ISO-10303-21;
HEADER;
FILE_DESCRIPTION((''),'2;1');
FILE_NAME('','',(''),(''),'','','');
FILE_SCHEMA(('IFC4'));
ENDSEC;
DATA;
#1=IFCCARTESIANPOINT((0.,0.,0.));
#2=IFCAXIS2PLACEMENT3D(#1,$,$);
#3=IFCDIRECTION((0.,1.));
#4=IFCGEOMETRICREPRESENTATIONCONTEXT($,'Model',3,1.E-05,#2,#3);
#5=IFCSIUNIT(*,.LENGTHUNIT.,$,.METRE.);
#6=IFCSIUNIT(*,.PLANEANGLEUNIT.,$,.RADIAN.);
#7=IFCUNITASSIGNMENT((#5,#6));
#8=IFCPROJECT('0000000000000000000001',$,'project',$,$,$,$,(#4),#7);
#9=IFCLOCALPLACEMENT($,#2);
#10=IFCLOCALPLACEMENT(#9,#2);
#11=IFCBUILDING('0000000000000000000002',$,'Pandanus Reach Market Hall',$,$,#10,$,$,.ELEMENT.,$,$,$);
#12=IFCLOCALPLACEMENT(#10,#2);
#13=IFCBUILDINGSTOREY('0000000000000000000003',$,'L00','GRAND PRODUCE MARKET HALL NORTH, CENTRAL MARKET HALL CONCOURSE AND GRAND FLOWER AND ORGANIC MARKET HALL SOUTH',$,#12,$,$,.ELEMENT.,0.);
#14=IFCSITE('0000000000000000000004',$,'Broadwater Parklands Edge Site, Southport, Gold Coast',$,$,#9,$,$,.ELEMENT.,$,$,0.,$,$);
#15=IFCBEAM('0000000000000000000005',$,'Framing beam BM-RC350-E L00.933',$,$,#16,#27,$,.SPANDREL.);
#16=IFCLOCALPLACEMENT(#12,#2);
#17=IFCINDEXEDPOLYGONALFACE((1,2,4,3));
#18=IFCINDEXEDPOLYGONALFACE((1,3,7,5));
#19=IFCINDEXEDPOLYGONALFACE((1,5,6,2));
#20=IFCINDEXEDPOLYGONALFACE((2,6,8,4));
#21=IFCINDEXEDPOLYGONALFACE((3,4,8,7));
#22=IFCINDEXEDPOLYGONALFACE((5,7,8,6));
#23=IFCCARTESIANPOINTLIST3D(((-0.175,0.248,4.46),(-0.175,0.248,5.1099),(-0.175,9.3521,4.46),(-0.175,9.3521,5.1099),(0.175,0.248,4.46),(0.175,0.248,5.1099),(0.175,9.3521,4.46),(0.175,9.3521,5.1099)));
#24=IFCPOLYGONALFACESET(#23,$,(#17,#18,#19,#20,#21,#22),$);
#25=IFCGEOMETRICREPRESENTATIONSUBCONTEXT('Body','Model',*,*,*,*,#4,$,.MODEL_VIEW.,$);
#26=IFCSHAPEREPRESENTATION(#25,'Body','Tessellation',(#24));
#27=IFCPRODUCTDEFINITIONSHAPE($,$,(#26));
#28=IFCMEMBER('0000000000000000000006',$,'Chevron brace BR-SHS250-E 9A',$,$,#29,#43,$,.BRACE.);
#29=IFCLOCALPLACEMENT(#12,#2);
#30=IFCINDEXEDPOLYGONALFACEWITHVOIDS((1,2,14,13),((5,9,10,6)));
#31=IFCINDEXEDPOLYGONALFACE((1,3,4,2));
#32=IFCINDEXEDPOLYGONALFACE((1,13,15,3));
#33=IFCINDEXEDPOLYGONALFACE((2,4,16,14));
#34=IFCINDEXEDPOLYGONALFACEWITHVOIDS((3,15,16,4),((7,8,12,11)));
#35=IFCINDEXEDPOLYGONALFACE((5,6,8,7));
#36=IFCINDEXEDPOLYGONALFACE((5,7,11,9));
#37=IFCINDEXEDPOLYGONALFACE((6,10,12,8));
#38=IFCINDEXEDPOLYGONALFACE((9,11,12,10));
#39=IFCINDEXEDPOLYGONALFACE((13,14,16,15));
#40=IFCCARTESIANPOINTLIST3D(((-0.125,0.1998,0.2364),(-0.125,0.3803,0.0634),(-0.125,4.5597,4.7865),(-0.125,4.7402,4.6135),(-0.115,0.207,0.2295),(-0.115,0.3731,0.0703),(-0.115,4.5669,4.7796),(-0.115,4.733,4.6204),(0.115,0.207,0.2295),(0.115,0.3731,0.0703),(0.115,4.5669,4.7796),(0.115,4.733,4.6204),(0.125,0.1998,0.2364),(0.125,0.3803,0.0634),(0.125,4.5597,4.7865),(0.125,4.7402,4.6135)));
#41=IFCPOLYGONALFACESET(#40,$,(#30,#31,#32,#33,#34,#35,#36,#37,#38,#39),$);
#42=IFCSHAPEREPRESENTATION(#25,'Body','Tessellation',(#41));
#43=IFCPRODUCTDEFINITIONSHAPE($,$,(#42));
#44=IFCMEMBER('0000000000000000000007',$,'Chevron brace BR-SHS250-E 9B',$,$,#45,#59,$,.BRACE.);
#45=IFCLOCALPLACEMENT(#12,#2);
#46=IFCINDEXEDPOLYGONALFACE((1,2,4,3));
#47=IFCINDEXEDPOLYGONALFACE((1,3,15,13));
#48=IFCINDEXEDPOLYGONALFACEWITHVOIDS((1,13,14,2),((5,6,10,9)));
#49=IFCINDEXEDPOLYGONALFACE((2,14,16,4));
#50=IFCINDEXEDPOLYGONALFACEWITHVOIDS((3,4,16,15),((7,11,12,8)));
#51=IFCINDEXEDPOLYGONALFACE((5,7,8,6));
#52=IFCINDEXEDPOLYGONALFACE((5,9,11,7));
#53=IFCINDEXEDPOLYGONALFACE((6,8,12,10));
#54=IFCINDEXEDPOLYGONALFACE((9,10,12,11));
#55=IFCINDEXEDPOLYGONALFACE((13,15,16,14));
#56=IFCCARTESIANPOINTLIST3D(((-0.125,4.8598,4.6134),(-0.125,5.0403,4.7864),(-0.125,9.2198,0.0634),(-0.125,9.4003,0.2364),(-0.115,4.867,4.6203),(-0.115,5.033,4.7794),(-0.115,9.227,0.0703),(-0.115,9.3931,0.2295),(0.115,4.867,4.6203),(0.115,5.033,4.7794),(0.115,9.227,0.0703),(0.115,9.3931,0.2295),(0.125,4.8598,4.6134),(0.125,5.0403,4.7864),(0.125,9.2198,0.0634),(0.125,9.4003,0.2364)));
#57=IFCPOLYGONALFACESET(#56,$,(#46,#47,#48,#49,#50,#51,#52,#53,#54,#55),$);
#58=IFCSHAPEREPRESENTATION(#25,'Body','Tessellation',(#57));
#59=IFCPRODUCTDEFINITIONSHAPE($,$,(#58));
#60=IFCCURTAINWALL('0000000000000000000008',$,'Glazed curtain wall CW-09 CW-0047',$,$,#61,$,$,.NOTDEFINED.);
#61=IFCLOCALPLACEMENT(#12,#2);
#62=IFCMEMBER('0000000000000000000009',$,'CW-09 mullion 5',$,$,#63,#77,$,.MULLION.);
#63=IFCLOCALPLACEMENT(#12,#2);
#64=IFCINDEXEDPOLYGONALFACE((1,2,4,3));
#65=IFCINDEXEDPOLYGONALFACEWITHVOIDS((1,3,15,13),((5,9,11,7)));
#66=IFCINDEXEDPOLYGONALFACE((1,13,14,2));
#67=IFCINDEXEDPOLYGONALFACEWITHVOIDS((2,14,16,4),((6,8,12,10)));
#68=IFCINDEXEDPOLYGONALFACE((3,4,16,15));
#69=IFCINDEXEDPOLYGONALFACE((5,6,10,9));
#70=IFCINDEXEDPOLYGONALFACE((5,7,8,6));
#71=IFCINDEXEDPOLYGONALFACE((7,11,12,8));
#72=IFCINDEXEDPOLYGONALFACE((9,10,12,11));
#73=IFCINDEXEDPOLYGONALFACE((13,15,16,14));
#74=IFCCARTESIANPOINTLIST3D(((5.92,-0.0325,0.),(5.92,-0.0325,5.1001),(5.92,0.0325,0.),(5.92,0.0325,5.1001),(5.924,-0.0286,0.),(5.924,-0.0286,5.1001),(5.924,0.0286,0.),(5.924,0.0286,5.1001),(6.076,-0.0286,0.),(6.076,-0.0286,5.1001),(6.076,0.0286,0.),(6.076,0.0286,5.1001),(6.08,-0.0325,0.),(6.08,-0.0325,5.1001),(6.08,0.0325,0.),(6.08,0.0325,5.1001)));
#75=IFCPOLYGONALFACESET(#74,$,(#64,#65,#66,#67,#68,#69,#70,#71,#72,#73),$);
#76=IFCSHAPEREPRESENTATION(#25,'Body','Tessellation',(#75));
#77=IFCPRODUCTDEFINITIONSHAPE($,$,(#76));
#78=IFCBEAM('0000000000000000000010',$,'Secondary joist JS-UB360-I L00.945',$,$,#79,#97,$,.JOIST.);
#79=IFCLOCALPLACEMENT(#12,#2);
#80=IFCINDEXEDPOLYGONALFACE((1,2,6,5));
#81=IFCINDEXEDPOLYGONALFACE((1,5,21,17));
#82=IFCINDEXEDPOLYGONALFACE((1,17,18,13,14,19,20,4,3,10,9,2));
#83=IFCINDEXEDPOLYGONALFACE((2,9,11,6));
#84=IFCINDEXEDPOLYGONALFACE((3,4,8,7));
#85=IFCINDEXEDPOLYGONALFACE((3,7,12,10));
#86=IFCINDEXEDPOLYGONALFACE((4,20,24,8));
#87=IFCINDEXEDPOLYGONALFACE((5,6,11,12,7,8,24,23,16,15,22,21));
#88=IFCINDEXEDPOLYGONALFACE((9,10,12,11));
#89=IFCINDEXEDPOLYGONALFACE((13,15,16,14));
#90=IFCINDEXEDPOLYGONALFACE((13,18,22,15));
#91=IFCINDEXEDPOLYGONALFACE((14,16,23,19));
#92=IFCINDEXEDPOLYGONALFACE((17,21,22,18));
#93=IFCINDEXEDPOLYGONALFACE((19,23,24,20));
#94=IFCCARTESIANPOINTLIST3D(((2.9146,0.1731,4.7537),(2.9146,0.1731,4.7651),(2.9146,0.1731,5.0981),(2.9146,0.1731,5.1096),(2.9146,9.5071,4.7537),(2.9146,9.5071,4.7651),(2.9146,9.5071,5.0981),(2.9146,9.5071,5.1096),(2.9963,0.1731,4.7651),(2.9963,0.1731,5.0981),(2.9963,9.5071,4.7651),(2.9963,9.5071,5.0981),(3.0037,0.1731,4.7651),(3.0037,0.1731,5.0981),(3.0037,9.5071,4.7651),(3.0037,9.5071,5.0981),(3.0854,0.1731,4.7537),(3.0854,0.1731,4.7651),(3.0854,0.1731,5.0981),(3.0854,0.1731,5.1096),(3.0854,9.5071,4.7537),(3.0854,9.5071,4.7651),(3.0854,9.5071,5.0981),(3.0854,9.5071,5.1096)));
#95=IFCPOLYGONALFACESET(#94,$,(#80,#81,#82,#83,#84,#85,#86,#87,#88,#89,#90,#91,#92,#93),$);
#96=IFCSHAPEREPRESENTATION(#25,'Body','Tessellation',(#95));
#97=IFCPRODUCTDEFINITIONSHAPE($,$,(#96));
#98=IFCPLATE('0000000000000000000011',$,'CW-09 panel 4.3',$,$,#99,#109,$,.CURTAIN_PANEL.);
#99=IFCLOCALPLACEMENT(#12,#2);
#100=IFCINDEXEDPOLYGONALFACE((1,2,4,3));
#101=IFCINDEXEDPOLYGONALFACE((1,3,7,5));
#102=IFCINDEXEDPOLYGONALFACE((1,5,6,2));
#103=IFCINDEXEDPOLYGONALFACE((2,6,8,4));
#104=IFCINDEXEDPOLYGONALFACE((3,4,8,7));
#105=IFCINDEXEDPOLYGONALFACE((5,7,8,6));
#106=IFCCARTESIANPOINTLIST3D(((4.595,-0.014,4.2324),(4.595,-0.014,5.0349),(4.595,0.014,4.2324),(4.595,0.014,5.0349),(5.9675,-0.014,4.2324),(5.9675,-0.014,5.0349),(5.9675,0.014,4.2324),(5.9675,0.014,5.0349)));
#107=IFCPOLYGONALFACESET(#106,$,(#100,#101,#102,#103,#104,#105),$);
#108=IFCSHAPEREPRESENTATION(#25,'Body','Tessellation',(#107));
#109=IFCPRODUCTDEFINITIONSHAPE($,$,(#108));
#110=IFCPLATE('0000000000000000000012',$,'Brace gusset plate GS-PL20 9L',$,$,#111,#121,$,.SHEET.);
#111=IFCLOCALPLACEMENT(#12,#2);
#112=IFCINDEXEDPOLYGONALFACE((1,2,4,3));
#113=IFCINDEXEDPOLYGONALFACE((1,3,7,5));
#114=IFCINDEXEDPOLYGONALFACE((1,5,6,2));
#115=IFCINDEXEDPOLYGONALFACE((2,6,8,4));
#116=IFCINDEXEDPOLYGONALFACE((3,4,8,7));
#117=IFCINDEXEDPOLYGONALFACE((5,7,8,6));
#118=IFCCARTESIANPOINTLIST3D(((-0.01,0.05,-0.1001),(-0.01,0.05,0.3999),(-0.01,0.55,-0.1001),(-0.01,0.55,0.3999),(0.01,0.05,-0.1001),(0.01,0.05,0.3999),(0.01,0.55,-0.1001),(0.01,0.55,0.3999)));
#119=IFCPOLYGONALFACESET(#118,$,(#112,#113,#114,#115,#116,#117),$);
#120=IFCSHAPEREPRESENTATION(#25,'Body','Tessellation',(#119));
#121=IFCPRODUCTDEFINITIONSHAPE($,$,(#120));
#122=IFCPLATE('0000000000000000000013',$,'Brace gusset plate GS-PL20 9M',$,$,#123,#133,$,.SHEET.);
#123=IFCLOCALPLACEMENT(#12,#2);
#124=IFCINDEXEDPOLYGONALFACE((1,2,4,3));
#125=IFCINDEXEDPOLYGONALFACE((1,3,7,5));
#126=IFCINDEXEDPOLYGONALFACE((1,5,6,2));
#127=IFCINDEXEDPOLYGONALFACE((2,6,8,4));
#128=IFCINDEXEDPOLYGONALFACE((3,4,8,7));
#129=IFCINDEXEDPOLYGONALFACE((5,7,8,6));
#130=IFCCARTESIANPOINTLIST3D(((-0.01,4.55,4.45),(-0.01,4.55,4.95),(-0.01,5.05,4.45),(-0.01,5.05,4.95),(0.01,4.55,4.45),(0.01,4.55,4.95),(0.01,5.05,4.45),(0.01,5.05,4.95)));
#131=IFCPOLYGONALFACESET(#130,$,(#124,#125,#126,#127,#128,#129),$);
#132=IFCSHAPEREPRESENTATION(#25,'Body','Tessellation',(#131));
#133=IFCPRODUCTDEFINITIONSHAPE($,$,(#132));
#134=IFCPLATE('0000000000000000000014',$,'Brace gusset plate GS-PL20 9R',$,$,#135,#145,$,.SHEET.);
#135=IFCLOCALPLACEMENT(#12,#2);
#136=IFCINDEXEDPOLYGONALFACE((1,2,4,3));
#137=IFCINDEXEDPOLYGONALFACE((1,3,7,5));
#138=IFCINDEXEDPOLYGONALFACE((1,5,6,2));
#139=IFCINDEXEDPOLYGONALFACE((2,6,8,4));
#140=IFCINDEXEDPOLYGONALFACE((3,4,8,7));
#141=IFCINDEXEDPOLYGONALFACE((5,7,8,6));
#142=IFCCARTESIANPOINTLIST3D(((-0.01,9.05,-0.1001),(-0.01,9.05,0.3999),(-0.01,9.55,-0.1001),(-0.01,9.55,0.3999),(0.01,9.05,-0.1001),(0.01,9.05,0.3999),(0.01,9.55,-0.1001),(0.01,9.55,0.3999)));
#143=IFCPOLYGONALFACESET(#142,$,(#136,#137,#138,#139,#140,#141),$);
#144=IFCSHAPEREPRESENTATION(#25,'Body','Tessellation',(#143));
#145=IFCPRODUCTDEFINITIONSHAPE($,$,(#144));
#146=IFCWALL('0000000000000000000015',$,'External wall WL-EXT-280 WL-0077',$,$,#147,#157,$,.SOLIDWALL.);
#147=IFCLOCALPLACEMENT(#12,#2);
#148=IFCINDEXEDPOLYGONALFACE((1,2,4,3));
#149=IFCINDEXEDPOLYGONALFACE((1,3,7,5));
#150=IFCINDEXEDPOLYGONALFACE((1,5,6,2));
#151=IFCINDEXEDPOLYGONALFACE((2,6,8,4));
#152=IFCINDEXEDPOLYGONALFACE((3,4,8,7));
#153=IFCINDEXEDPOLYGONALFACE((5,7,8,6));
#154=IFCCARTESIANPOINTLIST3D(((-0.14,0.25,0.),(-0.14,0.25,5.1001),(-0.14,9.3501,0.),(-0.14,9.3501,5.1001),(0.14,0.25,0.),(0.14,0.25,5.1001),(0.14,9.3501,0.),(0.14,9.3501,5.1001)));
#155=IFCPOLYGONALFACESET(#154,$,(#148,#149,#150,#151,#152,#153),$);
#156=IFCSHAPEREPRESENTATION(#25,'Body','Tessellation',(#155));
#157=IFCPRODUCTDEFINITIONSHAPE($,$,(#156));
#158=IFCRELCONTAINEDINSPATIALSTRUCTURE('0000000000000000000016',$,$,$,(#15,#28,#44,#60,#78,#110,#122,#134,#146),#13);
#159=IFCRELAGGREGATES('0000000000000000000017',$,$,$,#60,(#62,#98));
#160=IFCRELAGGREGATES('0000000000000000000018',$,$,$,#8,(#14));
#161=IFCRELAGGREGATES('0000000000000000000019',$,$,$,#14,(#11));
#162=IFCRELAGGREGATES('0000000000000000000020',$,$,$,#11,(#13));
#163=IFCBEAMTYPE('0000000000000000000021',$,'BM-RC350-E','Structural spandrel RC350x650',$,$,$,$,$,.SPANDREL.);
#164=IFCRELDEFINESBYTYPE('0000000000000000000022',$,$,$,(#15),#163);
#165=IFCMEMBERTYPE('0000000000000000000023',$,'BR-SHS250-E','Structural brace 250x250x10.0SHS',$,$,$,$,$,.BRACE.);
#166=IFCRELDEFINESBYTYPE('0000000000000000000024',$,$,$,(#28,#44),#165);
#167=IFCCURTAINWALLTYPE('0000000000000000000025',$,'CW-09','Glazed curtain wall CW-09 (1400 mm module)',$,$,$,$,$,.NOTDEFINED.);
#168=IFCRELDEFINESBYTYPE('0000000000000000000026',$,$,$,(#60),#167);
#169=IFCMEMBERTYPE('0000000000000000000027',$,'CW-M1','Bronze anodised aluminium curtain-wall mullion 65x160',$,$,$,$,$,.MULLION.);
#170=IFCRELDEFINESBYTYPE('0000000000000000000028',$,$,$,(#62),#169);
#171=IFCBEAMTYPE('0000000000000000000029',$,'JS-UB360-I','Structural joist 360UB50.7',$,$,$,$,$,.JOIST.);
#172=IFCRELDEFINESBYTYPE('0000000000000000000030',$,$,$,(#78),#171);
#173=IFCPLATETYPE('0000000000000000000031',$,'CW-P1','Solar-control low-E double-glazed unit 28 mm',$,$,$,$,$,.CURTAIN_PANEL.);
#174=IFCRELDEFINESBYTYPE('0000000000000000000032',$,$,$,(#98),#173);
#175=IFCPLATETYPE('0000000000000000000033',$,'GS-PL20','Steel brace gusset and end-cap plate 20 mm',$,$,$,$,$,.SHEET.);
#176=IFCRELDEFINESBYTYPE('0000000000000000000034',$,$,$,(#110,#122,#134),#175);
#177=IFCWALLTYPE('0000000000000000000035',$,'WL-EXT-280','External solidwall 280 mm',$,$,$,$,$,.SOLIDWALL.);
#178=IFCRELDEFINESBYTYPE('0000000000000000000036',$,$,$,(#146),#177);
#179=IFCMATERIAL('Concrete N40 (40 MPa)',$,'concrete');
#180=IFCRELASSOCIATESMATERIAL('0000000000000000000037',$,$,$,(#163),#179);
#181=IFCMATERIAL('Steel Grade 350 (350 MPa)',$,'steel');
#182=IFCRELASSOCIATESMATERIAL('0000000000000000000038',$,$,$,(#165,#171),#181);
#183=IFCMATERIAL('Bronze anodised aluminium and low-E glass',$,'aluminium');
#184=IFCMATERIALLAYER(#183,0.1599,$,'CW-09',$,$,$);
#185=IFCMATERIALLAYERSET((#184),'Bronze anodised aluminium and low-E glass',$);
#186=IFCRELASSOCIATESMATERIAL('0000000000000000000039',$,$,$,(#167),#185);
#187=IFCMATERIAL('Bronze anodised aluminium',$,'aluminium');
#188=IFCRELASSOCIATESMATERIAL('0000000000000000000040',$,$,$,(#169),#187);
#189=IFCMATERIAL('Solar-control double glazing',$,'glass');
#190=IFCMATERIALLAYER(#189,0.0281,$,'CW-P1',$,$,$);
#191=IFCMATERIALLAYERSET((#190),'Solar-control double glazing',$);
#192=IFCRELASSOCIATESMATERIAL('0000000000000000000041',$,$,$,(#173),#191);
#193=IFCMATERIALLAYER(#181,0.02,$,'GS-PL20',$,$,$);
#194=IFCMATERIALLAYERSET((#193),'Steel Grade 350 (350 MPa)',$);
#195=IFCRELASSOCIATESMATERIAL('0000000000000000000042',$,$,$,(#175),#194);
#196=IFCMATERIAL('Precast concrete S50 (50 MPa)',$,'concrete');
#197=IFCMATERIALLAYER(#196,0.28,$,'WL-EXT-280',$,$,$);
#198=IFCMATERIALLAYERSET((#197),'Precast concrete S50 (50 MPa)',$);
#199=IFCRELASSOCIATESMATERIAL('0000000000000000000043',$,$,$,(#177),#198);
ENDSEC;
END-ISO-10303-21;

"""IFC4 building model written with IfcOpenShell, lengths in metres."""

from ifc_helpers import new_model, si_unit, direction, frame, frame_2d, origin, origin_2d, place, context, subcontext, project, spatial, rectangle, hollow_rectangle, i_section, extrude, material, layer, layer_set, material_profile, profile_set, type_object, element, aggregate, save


model = new_model("IFC4")

# Units and contexts
model_context = context("Model", 3, precision=1e-05, world=origin(), true_north=direction((0.0, 1.0)))
body_context = subcontext(model_context, "Body", "Model", "MODEL_VIEW")
ifc_project = project(units=[si_unit("LENGTHUNIT", "METRE"), si_unit("PLANEANGLEUNIT", "RADIAN")], contexts=[model_context])

# Site, building, storey
site_placement = place(None, origin())
site = spatial("IfcSite", under=ifc_project, at=site_placement, Name="Broadwater Parklands Edge Site, Southport, Gold Coast", CompositionType="ELEMENT", RefElevation=0.0)
building_placement = place(site_placement, origin())
building = spatial("IfcBuilding", under=site, at=building_placement, Name="Pandanus Reach Market Hall", CompositionType="ELEMENT")
storey_placement = place(building_placement, origin())
storey = spatial("IfcBuildingStorey", under=building, at=storey_placement, Name="L00", Description="GRAND PRODUCE MARKET HALL NORTH, CENTRAL MARKET HALL CONCOURSE AND GRAND FLOWER AND ORGANIC MARKET HALL SOUTH", CompositionType="ELEMENT", Elevation=0.0)

# Shared definitions
ifc_material_1 = material(Name="Concrete N40 (40 MPa)", Category="concrete")

# Beam
ifc_material_profile_1 = material_profile(ifc_material_1, rectangle(XDim=0.3501, YDim=0.6499, at=origin_2d()), Name="RC350x650", Category="LoadBearing")
ifc_profile_set_1 = profile_set([ifc_material_profile_1], Name="Concrete N40 (40 MPa)")
beam_type_1 = type_object("IfcBeamType", Name="BM-RC350-E", Description="Structural spandrel RC350x650", PredefinedType="SPANDREL", material=ifc_profile_set_1)
beam_1_placement = place(storey_placement, frame((0.0, 0.248, 4.7849), z_axis=(0.0, 1.0, 0.0), x_axis=(-1.0, 0.0, 0.0)))
element("IfcBeam", 1, at=beam_1_placement, inside=storey, type_object=beam_type_1, Name="Framing beam BM-RC350-E L00.933", PredefinedType="SPANDREL", context=body_context, shape_type="SweptSolid", body=[
    extrude(rectangle(XDim=0.3501, YDim=0.6499, at=origin_2d()), origin(), (0.0, 0.0, 1.0), 9.104),
])

# Members
ifc_material_2 = material(Name="Steel Grade 350 (350 MPa)", Category="steel")
ifc_material_profile_2 = material_profile(ifc_material_2, hollow_rectangle(XDim=0.25, YDim=0.25, WallThickness=0.01, at=origin_2d()), Name="250x250x10.0SHS", Category="LoadBearing")
ifc_profile_set_2 = profile_set([ifc_material_profile_2], Name="Steel Grade 350 (350 MPa)")
member_type_1 = type_object("IfcMemberType", Name="BR-SHS250-E", Description="Structural brace 250x250x10.0SHS", PredefinedType="BRACE", material=ifc_profile_set_2)
for number, where, z_axis, x_axis, name in (
    (2, (0.0, 0.29, 0.1499), (0.0, 0.691856, 0.722036), (-1.0, 0.0, 0.0), "Chevron brace BR-SHS250-E 9A"),
    (3, (0.0, 9.3101, 0.1499), (0.0, -0.691876, 0.722016), (1.0, 0.0, 0.0), "Chevron brace BR-SHS250-E 9B"),
):
    element("IfcMember", number, at=place(storey_placement, frame(where, z_axis=z_axis, x_axis=x_axis)), inside=storey, type_object=member_type_1, Name=name, PredefinedType="BRACE", context=body_context, shape_type="SweptSolid", body=[
        extrude(hollow_rectangle(XDim=0.25, YDim=0.25, WallThickness=0.01, at=origin_2d()), origin(), (0.0, 0.0, 1.0), 6.3018),
    ])

# Curtain wall, member
ifc_material_3 = material(Name="Bronze anodised aluminium and low-E glass", Category="aluminium")
ifc_layer_1 = layer(ifc_material_3, 0.1599, Name="CW-09")
ifc_layer_set_1 = layer_set([ifc_layer_1], Name="Bronze anodised aluminium and low-E glass")
curtain_wall_type = type_object("IfcCurtainWallType", Name="CW-09", Description="Glazed curtain wall CW-09 (1400 mm module)", PredefinedType="NOTDEFINED", material=ifc_layer_set_1)
curtain_wall_placement = place(storey_placement, origin())
curtain_wall = element("IfcCurtainWall", 4, at=curtain_wall_placement, inside=storey, type_object=curtain_wall_type, Name="Glazed curtain wall CW-09 CW-0047", PredefinedType="NOTDEFINED")
ifc_material_4 = material(Name="Bronze anodised aluminium", Category="aluminium")
ifc_material_profile_3 = material_profile(ifc_material_4, hollow_rectangle(XDim=0.0649, YDim=0.1599, WallThickness=0.0039, at=origin_2d()), Name="ALU65x160", Category="LoadBearing")
ifc_profile_set_3 = profile_set([ifc_material_profile_3], Name="Bronze anodised aluminium")
member_type_2 = type_object("IfcMemberType", Name="CW-M1", Description="Bronze anodised aluminium curtain-wall mullion 65x160", PredefinedType="MULLION", material=ifc_profile_set_3)
member_placement = place(storey_placement, frame((6.0, 0.0, 0.0), z_axis=(0.0, 0.0, 1.0), x_axis=(0.0, 1.0, 0.0)))
member = element("IfcMember", 5, at=member_placement, type_object=member_type_2, Name="CW-09 mullion 5", PredefinedType="MULLION", context=body_context, shape_type="SweptSolid", body=[
    extrude(hollow_rectangle(XDim=0.0649, YDim=0.1599, WallThickness=0.0039, at=origin_2d()), origin(), (0.0, 0.0, 1.0), 5.1001),
])

# Beam
ifc_material_profile_4 = material_profile(ifc_material_2, i_section(OverallWidth=0.1709, OverallDepth=0.356, WebThickness=0.0073, FlangeThickness=0.0115, at=origin_2d()), Name="360UB50.7", Category="LoadBearing")
ifc_profile_set_4 = profile_set([ifc_material_profile_4], Name="Steel Grade 350 (350 MPa)")
beam_type_2 = type_object("IfcBeamType", Name="JS-UB360-I", Description="Structural joist 360UB50.7", PredefinedType="JOIST", material=ifc_profile_set_4)
beam_2_placement = place(storey_placement, frame((3.0, 0.1731, 4.9316), z_axis=(0.0, 1.0, 0.0), x_axis=(-1.0, 0.0, 0.0)))
element("IfcBeam", 6, at=beam_2_placement, inside=storey, type_object=beam_type_2, Name="Secondary joist JS-UB360-I L00.945", PredefinedType="JOIST", context=body_context, shape_type="SweptSolid", body=[
    extrude(i_section(OverallWidth=0.1709, OverallDepth=0.356, WebThickness=0.0073, FlangeThickness=0.0115, at=origin_2d()), origin(), (0.0, 0.0, 1.0), 9.334),
])

# Plate
ifc_material_5 = material(Name="Solar-control double glazing", Category="glass")
ifc_layer_2 = layer(ifc_material_5, 0.0281, Name="CW-P1")
ifc_layer_set_2 = layer_set([ifc_layer_2], Name="Solar-control double glazing")
plate_type_1 = type_object("IfcPlateType", Name="CW-P1", Description="Solar-control low-E double-glazed unit 28 mm", PredefinedType="CURTAIN_PANEL", material=ifc_layer_set_2)
plate_placement = place(storey_placement, frame((5.2812, 0.0, 4.2324), z_axis=(0.0, 0.0, 1.0), x_axis=(1.0, 0.0, 0.0)))
plate = element("IfcPlate", 7, at=plate_placement, type_object=plate_type_1, Name="CW-09 panel 4.3", PredefinedType="CURTAIN_PANEL", context=body_context, shape_type="SweptSolid", body=[
    extrude(rectangle(XDim=1.3726, YDim=0.0281, at=origin_2d()), origin(), (0.0, 0.0, 1.0), 0.8025),
])
aggregate(curtain_wall, [member, plate])

# Plates
ifc_layer_3 = layer(ifc_material_2, 0.02, Name="GS-PL20")
ifc_layer_set_3 = layer_set([ifc_layer_3], Name="Steel Grade 350 (350 MPa)")
plate_type_2 = type_object("IfcPlateType", Name="GS-PL20", Description="Steel brace gusset and end-cap plate 20 mm", PredefinedType="SHEET", material=ifc_layer_set_3)
for number, where, z_axis, x_axis, name in (
    (8, (0.0, 0.3, -0.1001), (0.0, 0.0, 1.0), (0.0, 1.0, 0.0), "Brace gusset plate GS-PL20 9L"),
    (9, (0.0, 4.8, 4.45), (0.0, 0.0, 1.0), (0.0, 1.0, 0.0), "Brace gusset plate GS-PL20 9M"),
    (10, (0.0, 9.3, -0.1001), (0.0, 0.0, 1.0), (0.0, 1.0, 0.0), "Brace gusset plate GS-PL20 9R"),
):
    element("IfcPlate", number, at=place(storey_placement, frame(where, z_axis=z_axis, x_axis=x_axis)), inside=storey, type_object=plate_type_2, Name=name, PredefinedType="SHEET", context=body_context, shape_type="SweptSolid", body=[
        extrude(rectangle(XDim=0.5, YDim=0.02, at=origin_2d()), origin(), (0.0, 0.0, 1.0), 0.5),
    ])

# Wall
ifc_material_6 = material(Name="Precast concrete S50 (50 MPa)", Category="concrete")
ifc_layer_4 = layer(ifc_material_6, 0.28, Name="WL-EXT-280")
ifc_layer_set_4 = layer_set([ifc_layer_4], Name="Precast concrete S50 (50 MPa)")
wall_type = type_object("IfcWallType", Name="WL-EXT-280", Description="External solidwall 280 mm", PredefinedType="SOLIDWALL", material=ifc_layer_set_4)
wall_placement = place(storey_placement, frame((0.0, 0.25, 0.0), z_axis=(0.0, 0.0, 1.0), x_axis=(0.0, 1.0, 0.0)))
element("IfcWall", 11, at=wall_placement, inside=storey, type_object=wall_type, Name="External wall WL-EXT-280 WL-0077", PredefinedType="SOLIDWALL", context=body_context, shape_type="SweptSolid", body=[
    extrude(rectangle(XDim=9.1001, YDim=0.28, at=frame_2d((4.55, 0.0))), origin(), (0.0, 0.0, 1.0), 5.1001),
])

save(model, "model.ifc")
